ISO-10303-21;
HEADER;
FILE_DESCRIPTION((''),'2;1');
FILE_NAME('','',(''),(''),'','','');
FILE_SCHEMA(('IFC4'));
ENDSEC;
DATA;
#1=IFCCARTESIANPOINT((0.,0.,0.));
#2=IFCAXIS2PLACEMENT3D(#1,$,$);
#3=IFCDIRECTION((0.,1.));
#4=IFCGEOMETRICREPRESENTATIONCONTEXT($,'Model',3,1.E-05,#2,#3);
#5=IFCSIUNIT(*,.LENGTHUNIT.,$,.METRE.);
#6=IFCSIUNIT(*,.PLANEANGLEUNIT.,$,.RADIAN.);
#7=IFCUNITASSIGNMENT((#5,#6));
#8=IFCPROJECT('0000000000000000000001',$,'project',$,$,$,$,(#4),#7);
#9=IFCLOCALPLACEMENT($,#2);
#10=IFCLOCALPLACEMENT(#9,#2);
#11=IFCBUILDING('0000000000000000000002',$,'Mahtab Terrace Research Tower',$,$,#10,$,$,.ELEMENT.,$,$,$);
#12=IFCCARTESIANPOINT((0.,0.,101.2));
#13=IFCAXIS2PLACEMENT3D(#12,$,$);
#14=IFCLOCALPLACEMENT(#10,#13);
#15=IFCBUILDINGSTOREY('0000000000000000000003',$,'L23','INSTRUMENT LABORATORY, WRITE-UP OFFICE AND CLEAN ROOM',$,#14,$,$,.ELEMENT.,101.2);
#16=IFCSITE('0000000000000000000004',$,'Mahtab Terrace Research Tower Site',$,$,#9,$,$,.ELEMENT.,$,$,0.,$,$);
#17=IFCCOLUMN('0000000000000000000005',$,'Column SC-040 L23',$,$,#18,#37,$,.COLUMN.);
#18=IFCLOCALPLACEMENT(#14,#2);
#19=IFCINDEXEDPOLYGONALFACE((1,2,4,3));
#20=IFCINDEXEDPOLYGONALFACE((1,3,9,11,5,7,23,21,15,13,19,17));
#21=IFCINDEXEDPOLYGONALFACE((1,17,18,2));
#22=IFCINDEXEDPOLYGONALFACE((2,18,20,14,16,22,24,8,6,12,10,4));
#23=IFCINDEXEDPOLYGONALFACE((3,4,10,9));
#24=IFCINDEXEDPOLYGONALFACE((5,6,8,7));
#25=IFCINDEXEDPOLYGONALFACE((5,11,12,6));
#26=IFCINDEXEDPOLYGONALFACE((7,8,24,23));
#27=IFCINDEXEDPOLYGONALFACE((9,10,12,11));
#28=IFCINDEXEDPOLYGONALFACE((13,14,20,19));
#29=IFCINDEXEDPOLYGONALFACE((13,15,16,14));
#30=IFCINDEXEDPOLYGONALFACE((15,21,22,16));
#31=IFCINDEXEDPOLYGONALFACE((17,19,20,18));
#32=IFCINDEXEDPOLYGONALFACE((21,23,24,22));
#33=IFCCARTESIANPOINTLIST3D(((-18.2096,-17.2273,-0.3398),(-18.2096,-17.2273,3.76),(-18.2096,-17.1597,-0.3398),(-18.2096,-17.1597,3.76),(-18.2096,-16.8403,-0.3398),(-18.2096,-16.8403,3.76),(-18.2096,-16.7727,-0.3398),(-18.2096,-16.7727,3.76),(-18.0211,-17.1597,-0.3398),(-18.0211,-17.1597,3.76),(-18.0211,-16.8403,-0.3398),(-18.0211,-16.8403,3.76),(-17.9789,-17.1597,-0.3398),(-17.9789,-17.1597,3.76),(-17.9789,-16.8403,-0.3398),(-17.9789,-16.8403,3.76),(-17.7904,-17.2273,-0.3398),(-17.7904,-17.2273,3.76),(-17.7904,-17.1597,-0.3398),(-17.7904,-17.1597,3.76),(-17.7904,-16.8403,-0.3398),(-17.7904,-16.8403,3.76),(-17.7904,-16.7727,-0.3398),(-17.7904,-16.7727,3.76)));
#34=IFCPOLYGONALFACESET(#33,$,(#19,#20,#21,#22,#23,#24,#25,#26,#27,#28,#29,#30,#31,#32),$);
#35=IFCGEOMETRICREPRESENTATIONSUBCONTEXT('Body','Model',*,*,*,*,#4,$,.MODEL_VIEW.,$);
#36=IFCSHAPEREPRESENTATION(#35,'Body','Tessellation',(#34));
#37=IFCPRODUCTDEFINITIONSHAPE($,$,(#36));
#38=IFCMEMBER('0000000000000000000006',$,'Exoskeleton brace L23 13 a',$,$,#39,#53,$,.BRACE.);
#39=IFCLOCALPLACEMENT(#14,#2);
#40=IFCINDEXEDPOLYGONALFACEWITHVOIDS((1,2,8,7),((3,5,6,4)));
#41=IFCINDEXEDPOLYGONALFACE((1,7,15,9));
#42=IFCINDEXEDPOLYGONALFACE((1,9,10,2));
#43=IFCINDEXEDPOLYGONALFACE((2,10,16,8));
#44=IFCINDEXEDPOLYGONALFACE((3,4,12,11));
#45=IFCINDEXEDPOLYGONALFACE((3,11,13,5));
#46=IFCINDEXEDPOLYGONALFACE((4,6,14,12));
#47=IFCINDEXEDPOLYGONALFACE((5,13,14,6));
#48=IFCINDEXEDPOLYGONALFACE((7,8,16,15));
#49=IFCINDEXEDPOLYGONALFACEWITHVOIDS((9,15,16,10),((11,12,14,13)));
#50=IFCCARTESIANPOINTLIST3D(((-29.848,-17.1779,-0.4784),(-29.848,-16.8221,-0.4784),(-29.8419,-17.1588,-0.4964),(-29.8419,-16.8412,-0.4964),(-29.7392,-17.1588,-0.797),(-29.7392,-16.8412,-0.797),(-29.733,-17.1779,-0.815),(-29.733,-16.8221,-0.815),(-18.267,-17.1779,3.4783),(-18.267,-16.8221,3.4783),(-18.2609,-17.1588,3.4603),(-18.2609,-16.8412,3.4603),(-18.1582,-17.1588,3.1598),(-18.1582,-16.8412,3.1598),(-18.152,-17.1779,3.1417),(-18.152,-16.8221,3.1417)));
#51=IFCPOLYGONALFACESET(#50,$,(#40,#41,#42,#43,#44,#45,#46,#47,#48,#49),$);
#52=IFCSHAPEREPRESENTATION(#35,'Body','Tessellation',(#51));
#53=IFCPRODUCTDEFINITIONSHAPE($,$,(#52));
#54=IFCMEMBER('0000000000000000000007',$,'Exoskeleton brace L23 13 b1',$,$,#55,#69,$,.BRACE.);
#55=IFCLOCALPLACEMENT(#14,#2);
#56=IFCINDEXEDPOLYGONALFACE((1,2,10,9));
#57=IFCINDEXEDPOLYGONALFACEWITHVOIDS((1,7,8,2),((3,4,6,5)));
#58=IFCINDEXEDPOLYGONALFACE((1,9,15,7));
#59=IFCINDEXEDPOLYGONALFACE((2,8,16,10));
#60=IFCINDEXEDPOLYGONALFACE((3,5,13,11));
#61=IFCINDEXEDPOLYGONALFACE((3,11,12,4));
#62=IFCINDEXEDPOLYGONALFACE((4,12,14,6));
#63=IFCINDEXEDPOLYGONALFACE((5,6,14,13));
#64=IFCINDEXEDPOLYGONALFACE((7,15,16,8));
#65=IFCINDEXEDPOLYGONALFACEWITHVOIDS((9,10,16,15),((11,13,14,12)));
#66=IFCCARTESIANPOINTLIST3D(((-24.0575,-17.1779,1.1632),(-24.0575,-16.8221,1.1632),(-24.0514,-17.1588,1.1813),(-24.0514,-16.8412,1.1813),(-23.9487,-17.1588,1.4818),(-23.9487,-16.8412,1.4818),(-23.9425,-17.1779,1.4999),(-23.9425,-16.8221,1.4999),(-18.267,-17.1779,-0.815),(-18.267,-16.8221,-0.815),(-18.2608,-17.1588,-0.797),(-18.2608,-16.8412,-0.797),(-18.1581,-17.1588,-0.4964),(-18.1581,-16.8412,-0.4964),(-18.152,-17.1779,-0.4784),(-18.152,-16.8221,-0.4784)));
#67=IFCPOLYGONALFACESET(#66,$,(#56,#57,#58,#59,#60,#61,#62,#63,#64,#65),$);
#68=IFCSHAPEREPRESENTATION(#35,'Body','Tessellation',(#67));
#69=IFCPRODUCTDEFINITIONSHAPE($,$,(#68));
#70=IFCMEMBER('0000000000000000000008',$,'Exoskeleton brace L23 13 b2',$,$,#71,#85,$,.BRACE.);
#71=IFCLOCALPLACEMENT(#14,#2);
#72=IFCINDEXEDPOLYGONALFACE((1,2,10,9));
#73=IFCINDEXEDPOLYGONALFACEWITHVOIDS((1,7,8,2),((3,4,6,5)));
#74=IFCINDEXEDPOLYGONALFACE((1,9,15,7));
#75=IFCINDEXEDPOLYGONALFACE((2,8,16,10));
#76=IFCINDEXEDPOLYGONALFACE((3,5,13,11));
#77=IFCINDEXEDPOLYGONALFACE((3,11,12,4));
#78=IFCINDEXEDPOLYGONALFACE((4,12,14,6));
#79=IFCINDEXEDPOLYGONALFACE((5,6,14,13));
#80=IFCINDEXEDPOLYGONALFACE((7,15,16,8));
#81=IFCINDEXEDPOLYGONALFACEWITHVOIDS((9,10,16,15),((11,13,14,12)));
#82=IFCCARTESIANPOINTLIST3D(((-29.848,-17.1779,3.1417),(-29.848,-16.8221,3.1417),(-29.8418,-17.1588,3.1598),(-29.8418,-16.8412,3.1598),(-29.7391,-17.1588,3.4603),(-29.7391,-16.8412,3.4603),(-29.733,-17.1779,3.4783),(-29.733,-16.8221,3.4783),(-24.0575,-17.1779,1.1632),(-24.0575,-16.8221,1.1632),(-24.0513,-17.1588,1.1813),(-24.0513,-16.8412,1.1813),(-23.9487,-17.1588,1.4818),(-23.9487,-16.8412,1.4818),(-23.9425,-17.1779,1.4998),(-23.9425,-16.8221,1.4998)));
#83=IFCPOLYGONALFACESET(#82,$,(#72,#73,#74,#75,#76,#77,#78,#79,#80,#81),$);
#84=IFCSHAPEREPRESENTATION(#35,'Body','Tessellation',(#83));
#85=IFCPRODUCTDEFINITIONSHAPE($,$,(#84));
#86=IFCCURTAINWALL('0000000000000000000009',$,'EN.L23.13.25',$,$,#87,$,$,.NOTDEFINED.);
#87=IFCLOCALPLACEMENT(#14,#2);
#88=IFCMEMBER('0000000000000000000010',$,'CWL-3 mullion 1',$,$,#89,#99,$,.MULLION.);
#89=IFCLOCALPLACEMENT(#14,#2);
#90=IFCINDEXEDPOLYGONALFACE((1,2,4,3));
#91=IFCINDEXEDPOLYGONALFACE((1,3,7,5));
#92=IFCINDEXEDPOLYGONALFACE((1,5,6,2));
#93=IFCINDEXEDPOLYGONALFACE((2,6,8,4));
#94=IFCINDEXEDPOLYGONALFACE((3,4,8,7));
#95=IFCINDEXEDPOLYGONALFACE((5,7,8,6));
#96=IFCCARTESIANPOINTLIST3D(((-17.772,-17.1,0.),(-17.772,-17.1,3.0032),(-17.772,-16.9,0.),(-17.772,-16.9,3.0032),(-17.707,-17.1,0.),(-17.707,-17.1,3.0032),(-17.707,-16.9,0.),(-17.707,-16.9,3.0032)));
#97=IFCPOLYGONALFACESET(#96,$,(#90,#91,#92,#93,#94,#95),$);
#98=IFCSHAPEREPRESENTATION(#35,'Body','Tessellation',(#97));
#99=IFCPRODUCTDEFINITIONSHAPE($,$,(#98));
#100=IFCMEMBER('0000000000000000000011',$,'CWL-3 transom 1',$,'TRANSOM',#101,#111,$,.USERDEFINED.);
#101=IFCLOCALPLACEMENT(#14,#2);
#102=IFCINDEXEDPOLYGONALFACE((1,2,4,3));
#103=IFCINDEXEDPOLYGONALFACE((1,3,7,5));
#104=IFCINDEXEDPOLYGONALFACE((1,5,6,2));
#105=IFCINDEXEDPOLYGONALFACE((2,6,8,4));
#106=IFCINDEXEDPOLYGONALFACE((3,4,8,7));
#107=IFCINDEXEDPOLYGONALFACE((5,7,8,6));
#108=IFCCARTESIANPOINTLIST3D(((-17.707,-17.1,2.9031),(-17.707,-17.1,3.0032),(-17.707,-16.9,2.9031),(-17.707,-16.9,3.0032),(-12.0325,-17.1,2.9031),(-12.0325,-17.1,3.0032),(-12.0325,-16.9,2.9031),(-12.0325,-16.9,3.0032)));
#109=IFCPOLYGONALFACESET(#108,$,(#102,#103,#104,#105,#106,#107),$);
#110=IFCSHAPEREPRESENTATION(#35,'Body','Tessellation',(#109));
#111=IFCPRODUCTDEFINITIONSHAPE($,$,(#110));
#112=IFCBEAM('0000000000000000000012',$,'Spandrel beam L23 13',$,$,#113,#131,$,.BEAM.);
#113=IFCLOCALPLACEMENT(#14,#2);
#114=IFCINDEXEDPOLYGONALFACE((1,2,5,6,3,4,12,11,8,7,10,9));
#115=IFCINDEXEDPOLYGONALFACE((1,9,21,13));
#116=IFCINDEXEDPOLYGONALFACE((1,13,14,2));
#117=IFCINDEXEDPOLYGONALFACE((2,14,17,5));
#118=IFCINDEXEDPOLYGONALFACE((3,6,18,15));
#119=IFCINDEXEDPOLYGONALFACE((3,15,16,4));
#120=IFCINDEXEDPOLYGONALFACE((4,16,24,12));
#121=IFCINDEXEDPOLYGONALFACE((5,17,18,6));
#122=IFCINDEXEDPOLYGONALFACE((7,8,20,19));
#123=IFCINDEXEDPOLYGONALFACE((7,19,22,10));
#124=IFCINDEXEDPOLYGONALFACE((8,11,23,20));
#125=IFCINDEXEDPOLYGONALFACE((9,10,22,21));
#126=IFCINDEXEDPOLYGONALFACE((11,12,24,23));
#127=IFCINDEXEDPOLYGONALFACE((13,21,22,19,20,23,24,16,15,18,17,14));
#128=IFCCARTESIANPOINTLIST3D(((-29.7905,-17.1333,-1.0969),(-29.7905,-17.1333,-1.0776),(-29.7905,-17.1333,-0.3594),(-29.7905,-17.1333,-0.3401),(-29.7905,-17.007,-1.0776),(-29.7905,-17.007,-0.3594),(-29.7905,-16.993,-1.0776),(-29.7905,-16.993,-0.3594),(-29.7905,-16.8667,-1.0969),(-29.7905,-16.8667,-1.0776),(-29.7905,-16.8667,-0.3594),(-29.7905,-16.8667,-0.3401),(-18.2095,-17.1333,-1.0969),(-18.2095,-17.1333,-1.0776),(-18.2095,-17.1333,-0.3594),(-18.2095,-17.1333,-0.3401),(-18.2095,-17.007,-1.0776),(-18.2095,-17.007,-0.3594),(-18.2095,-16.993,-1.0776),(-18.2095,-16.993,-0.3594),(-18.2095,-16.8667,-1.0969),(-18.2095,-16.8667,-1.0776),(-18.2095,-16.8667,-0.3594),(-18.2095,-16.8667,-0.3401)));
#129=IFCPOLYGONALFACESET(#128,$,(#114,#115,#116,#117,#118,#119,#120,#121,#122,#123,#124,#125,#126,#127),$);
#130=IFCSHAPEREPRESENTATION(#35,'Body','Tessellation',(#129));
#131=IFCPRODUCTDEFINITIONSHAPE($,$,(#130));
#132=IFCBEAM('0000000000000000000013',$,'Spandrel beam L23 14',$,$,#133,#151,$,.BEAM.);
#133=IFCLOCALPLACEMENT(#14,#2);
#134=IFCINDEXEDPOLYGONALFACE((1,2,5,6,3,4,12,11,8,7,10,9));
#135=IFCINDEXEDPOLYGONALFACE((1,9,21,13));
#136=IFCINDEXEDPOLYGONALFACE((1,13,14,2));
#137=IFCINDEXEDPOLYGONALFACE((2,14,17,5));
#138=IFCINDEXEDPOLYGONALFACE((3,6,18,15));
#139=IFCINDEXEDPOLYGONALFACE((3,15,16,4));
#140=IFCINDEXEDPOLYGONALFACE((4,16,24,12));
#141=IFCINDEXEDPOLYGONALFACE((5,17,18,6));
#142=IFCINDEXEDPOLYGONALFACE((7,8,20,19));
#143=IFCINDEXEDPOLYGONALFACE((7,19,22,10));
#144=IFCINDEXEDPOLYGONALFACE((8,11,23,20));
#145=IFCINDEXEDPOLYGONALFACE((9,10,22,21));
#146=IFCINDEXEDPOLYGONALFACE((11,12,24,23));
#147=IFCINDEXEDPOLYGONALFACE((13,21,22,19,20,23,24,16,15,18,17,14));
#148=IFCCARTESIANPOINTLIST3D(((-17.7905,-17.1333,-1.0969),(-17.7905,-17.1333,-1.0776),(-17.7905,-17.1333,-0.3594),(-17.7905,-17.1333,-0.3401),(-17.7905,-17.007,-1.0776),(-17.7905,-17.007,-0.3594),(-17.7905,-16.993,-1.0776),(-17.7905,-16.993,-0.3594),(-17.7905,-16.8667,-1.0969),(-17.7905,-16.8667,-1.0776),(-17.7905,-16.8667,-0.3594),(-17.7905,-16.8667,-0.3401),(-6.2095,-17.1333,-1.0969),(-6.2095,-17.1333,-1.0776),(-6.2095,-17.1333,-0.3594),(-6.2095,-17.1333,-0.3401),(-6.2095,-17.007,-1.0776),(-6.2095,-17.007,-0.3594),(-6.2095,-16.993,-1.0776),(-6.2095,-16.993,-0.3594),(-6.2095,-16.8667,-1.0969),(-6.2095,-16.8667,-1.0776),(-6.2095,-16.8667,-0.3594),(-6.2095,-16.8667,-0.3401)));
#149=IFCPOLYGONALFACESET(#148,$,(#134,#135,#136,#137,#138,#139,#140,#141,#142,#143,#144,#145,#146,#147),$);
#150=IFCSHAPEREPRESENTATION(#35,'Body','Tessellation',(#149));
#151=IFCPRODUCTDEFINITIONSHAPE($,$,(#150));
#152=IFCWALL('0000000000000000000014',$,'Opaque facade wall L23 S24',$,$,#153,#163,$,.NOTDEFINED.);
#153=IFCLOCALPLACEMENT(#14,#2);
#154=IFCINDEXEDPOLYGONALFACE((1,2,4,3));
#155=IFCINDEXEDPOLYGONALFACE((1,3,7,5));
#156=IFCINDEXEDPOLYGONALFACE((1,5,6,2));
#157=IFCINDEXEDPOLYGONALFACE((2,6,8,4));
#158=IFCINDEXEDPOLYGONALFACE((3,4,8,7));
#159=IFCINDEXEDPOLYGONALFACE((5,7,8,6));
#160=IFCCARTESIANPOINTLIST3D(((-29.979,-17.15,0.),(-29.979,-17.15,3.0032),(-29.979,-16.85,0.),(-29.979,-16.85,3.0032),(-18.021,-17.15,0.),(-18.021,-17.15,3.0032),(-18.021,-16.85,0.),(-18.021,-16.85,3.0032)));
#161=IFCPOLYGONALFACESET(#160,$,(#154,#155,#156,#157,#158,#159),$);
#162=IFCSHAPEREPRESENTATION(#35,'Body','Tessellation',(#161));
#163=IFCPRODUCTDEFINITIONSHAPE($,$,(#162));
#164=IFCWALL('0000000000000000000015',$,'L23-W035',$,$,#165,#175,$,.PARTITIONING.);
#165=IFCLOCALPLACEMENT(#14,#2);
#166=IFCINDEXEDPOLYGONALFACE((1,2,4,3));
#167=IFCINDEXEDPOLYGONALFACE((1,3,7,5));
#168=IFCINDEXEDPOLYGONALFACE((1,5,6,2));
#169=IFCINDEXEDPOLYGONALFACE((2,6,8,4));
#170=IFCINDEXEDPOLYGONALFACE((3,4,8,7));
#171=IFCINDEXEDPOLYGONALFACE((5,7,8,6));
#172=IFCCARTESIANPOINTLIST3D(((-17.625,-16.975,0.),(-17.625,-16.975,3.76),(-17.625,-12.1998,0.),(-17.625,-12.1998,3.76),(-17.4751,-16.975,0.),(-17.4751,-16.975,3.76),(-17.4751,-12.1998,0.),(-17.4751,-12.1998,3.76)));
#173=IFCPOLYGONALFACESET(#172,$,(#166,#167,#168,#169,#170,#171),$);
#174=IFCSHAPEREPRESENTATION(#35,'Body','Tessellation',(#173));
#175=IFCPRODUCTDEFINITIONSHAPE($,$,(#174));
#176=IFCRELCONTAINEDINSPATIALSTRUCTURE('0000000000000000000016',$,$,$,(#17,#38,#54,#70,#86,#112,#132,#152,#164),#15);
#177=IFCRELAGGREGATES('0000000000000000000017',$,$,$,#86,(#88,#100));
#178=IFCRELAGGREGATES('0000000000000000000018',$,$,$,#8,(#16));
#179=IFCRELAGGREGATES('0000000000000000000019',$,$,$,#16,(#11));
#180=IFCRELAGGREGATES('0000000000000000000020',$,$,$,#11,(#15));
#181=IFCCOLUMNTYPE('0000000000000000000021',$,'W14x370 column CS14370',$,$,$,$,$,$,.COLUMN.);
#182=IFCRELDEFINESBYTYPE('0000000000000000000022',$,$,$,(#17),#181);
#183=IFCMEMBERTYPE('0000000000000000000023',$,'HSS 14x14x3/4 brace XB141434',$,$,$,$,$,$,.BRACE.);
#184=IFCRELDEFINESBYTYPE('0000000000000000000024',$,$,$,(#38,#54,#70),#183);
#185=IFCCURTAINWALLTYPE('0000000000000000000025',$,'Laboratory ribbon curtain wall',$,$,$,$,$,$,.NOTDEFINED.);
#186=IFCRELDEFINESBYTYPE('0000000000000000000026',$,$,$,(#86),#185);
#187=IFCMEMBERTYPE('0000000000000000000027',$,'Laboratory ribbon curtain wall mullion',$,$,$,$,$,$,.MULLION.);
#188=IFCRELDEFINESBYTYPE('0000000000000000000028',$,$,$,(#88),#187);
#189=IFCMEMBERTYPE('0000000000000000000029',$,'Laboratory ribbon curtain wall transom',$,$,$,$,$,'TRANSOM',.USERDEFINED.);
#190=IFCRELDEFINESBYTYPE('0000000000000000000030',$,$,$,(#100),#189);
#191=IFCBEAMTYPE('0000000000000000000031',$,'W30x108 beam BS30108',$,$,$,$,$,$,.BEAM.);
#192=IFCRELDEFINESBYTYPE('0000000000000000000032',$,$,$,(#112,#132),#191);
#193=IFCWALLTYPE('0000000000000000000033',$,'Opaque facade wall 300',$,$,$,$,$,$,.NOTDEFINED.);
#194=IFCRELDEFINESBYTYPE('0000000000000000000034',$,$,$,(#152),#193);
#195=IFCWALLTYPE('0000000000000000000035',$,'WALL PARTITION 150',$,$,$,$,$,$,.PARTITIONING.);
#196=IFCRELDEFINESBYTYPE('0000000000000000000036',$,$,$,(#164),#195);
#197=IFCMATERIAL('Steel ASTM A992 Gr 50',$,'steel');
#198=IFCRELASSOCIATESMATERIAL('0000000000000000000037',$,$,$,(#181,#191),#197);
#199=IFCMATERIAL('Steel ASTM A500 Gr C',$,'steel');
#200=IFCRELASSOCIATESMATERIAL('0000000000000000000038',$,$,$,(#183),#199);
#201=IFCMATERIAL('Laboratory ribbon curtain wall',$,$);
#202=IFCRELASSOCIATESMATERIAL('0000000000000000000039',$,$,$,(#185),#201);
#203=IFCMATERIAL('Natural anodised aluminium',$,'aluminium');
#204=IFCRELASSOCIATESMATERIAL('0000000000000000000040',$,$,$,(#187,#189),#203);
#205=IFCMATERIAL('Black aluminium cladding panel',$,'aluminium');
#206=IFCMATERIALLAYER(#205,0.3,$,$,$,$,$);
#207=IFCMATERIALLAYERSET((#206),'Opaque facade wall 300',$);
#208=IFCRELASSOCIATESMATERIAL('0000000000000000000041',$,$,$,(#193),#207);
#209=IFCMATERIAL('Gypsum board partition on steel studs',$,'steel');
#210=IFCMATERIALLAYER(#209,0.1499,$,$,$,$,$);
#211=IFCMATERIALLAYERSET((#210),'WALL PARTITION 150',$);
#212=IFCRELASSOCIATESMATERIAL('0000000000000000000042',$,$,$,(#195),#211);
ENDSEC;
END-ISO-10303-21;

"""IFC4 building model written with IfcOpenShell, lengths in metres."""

from ifc_helpers import new_model, si_unit, direction, frame, frame_2d, origin, origin_2d, place, context, subcontext, project, spatial, rectangle, hollow_rectangle, i_section, extrude, material, layer, layer_set, material_profile, profile_set, type_object, element, aggregate, save


model = new_model("IFC4")

# Units and contexts
model_context = context("Model", 3, precision=1e-05, world=origin(), true_north=direction((0.0, 1.0)))
body_context = subcontext(model_context, "Body", "Model", "MODEL_VIEW")
ifc_project = project(units=[si_unit("LENGTHUNIT", "METRE"), si_unit("PLANEANGLEUNIT", "RADIAN")], contexts=[model_context])

# Site, building, storey
site_placement = place(None, origin())
site = spatial("IfcSite", under=ifc_project, at=site_placement, Name="Mahtab Terrace Research Tower Site", CompositionType="ELEMENT", RefElevation=0.0)
building_placement = place(site_placement, origin())
building = spatial("IfcBuilding", under=site, at=building_placement, Name="Mahtab Terrace Research Tower", CompositionType="ELEMENT")
storey_placement = place(building_placement, frame((0.0, 0.0, 101.2)))
storey = spatial("IfcBuildingStorey", under=building, at=storey_placement, Name="L23", Description="INSTRUMENT LABORATORY, WRITE-UP OFFICE AND CLEAN ROOM", CompositionType="ELEMENT", Elevation=101.2)

# Column
ifc_material_1 = material(Name="Steel ASTM A992 Gr 50", Category="steel")
ifc_material_profile_1 = material_profile(ifc_material_1, i_section(OverallWidth=0.4192, OverallDepth=0.4546, WebThickness=0.0422, FlangeThickness=0.0676, at=origin_2d()), Name="W14X370")
ifc_profile_set_1 = profile_set([ifc_material_profile_1], Name="Steel ASTM A992 Gr 50")
column_type = type_object("IfcColumnType", Name="W14x370 column CS14370", PredefinedType="COLUMN", material=ifc_profile_set_1)
column_placement = place(storey_placement, frame((-18.0, -17.0, -0.3398), z_axis=(0.0, 0.0, 1.0), x_axis=(1.0, 0.0, 0.0)))
element("IfcColumn", 1, at=column_placement, inside=storey, type_object=column_type, Name="Column SC-040 L23", PredefinedType="COLUMN", context=body_context, shape_type="SweptSolid", body=[
    extrude(i_section(OverallWidth=0.4192, OverallDepth=0.4546, WebThickness=0.0422, FlangeThickness=0.0676, at=origin_2d()), origin(), (0.0, 0.0, 1.0), 4.0999),
])

# Members
ifc_material_2 = material(Name="Steel ASTM A500 Gr C", Category="steel")
ifc_material_profile_2 = material_profile(ifc_material_2, hollow_rectangle(XDim=0.3557, YDim=0.3557, WallThickness=0.019, at=origin_2d()), Name="HSS14X14X3/4")
ifc_profile_set_2 = profile_set([ifc_material_profile_2], Name="Steel ASTM A500 Gr C")
member_type_1 = type_object("IfcMemberType", Name="HSS 14x14x3/4 brace XB141434", PredefinedType="BRACE", material=ifc_profile_set_2)
member_1_placement = place(storey_placement, frame((-29.7905, -17.0, -0.6467), z_axis=(0.946293, 0.0, 0.323311), x_axis=(0.0, 1.0, 0.0)))
element("IfcMember", 2, at=member_1_placement, inside=storey, type_object=member_type_1, Name="Exoskeleton brace L23 13 a", PredefinedType="BRACE", context=body_context, shape_type="SweptSolid", body=[
    extrude(hollow_rectangle(XDim=0.3557, YDim=0.3557, WallThickness=0.019, at=origin_2d()), origin(), (0.0, 0.0, 1.0), 12.2383),
])
for number, where, z_axis, x_axis, name in (
    (3, (-18.2095, -17.0, -0.6467), (-0.946299, 0.0, 0.323293), (0.0, -1.0, 0.0), "Exoskeleton brace L23 13 b1"),
    (4, (-24.0, -17.0, 1.3315), (-0.946287, 0.0, 0.323329), (0.0, -1.0, 0.0), "Exoskeleton brace L23 13 b2"),
):
    element("IfcMember", number, at=place(storey_placement, frame(where, z_axis=z_axis, x_axis=x_axis)), inside=storey, type_object=member_type_1, Name=name, PredefinedType="BRACE", context=body_context, shape_type="SweptSolid", body=[
        extrude(hollow_rectangle(XDim=0.3557, YDim=0.3557, WallThickness=0.019, at=origin_2d()), origin(), (0.0, 0.0, 1.0), 6.1191),
    ])

# Curtain wall, members
ifc_material_3 = material(Name="Laboratory ribbon curtain wall")
curtain_wall_type = type_object("IfcCurtainWallType", Name="Laboratory ribbon curtain wall", PredefinedType="NOTDEFINED", material=ifc_material_3)
curtain_wall_placement = place(storey_placement, origin())
curtain_wall = element("IfcCurtainWall", 5, at=curtain_wall_placement, inside=storey, type_object=curtain_wall_type, Name="EN.L23.13.25", PredefinedType="NOTDEFINED")
ifc_material_4 = material(Name="Natural anodised aluminium", Category="aluminium")
ifc_material_profile_3 = material_profile(ifc_material_4, rectangle(XDim=0.2, YDim=0.0649, at=origin_2d()), Name="MULLION 65x200")
ifc_profile_set_3 = profile_set([ifc_material_profile_3], Name="Natural anodised aluminium")
member_type_2 = type_object("IfcMemberType", Name="Laboratory ribbon curtain wall mullion", PredefinedType="MULLION", material=ifc_profile_set_3)
member_2_placement = place(storey_placement, frame((-17.7395, -17.0, 0.0), z_axis=(0.0, 0.0, 1.0), x_axis=(0.0, 1.0, 0.0)))
member_2 = element("IfcMember", 6, at=member_2_placement, type_object=member_type_2, Name="CWL-3 mullion 1", PredefinedType="MULLION", context=body_context, shape_type="SweptSolid", body=[
    extrude(rectangle(XDim=0.2, YDim=0.0649, at=origin_2d()), origin(), (0.0, 0.0, 1.0), 3.0032),
])
ifc_material_profile_4 = material_profile(ifc_material_4, rectangle(XDim=0.2, YDim=0.1001, at=origin_2d()), Name="TRANSOM 100x200")
ifc_profile_set_4 = profile_set([ifc_material_profile_4], Name="Natural anodised aluminium")
member_type_3 = type_object("IfcMemberType", Name="Laboratory ribbon curtain wall transom", ElementType="TRANSOM", PredefinedType="USERDEFINED", material=ifc_profile_set_4)
member_3_placement = place(storey_placement, frame((-17.707, -17.0, 2.9531), z_axis=(1.0, 0.0, 0.0), x_axis=(0.0, 1.0, 0.0)))
member_3 = element("IfcMember", 7, at=member_3_placement, type_object=member_type_3, Name="CWL-3 transom 1", ObjectType="TRANSOM", PredefinedType="USERDEFINED", context=body_context, shape_type="SweptSolid", body=[
    extrude(rectangle(XDim=0.2, YDim=0.1001, at=origin_2d()), origin(), (0.0, 0.0, 1.0), 5.6746),
])
aggregate(curtain_wall, [member_2, member_3])

# Beams
ifc_material_profile_5 = material_profile(ifc_material_1, i_section(OverallWidth=0.2666, OverallDepth=0.7568, WebThickness=0.0139, FlangeThickness=0.0193, at=origin_2d()), Name="W30X108")
ifc_profile_set_5 = profile_set([ifc_material_profile_5], Name="Steel ASTM A992 Gr 50")
beam_type = type_object("IfcBeamType", Name="W30x108 beam BS30108", PredefinedType="BEAM", material=ifc_profile_set_5)
for number, where, z_axis, x_axis, name in (
    (8, (-29.7905, -17.0, -0.7185), (1.0, 0.0, 0.0), (0.0, 1.0, 0.0), "Spandrel beam L23 13"),
    (9, (-17.7905, -17.0, -0.7185), (1.0, 0.0, 0.0), (0.0, 1.0, 0.0), "Spandrel beam L23 14"),
):
    element("IfcBeam", number, at=place(storey_placement, frame(where, z_axis=z_axis, x_axis=x_axis)), inside=storey, type_object=beam_type, Name=name, PredefinedType="BEAM", context=body_context, shape_type="SweptSolid", body=[
        extrude(i_section(OverallWidth=0.2666, OverallDepth=0.7568, WebThickness=0.0139, FlangeThickness=0.0193, at=origin_2d()), origin(), (0.0, 0.0, 1.0), 11.5811),
    ])

# Walls
ifc_material_5 = material(Name="Black aluminium cladding panel", Category="aluminium")
ifc_layer_1 = layer(ifc_material_5, 0.3)
ifc_layer_set_1 = layer_set([ifc_layer_1], Name="Opaque facade wall 300")
wall_type_1 = type_object("IfcWallType", Name="Opaque facade wall 300", PredefinedType="NOTDEFINED", material=ifc_layer_set_1)
wall_1_placement = place(storey_placement, frame((-29.979, -17.0, 0.0), z_axis=(0.0, 0.0, 1.0), x_axis=(1.0, 0.0, 0.0)))
element("IfcWall", 10, at=wall_1_placement, inside=storey, type_object=wall_type_1, Name="Opaque facade wall L23 S24", PredefinedType="NOTDEFINED", context=body_context, shape_type="SweptSolid", body=[
    extrude(rectangle(XDim=11.958, YDim=0.3, at=frame_2d((5.979, 0.0))), origin(), (0.0, 0.0, 1.0), 3.0032),
])
ifc_material_6 = material(Name="Gypsum board partition on steel studs", Category="steel")
ifc_layer_2 = layer(ifc_material_6, 0.1499)
ifc_layer_set_2 = layer_set([ifc_layer_2], Name="WALL PARTITION 150")
wall_type_2 = type_object("IfcWallType", Name="WALL PARTITION 150", PredefinedType="PARTITIONING", material=ifc_layer_set_2)
wall_2_placement = place(storey_placement, frame((-17.55, -16.9751, 0.0), z_axis=(0.0, 0.0, 1.0), x_axis=(0.0, 1.0, 0.0)))
element("IfcWall", 11, at=wall_2_placement, inside=storey, type_object=wall_type_2, Name="L23-W035", PredefinedType="PARTITIONING", context=body_context, shape_type="SweptSolid", body=[
    extrude(rectangle(XDim=4.7751, YDim=0.1499, at=frame_2d((2.3877, 0.0))), origin(), (0.0, 0.0, 1.0), 3.76),
])

save(model, "model.ifc")
